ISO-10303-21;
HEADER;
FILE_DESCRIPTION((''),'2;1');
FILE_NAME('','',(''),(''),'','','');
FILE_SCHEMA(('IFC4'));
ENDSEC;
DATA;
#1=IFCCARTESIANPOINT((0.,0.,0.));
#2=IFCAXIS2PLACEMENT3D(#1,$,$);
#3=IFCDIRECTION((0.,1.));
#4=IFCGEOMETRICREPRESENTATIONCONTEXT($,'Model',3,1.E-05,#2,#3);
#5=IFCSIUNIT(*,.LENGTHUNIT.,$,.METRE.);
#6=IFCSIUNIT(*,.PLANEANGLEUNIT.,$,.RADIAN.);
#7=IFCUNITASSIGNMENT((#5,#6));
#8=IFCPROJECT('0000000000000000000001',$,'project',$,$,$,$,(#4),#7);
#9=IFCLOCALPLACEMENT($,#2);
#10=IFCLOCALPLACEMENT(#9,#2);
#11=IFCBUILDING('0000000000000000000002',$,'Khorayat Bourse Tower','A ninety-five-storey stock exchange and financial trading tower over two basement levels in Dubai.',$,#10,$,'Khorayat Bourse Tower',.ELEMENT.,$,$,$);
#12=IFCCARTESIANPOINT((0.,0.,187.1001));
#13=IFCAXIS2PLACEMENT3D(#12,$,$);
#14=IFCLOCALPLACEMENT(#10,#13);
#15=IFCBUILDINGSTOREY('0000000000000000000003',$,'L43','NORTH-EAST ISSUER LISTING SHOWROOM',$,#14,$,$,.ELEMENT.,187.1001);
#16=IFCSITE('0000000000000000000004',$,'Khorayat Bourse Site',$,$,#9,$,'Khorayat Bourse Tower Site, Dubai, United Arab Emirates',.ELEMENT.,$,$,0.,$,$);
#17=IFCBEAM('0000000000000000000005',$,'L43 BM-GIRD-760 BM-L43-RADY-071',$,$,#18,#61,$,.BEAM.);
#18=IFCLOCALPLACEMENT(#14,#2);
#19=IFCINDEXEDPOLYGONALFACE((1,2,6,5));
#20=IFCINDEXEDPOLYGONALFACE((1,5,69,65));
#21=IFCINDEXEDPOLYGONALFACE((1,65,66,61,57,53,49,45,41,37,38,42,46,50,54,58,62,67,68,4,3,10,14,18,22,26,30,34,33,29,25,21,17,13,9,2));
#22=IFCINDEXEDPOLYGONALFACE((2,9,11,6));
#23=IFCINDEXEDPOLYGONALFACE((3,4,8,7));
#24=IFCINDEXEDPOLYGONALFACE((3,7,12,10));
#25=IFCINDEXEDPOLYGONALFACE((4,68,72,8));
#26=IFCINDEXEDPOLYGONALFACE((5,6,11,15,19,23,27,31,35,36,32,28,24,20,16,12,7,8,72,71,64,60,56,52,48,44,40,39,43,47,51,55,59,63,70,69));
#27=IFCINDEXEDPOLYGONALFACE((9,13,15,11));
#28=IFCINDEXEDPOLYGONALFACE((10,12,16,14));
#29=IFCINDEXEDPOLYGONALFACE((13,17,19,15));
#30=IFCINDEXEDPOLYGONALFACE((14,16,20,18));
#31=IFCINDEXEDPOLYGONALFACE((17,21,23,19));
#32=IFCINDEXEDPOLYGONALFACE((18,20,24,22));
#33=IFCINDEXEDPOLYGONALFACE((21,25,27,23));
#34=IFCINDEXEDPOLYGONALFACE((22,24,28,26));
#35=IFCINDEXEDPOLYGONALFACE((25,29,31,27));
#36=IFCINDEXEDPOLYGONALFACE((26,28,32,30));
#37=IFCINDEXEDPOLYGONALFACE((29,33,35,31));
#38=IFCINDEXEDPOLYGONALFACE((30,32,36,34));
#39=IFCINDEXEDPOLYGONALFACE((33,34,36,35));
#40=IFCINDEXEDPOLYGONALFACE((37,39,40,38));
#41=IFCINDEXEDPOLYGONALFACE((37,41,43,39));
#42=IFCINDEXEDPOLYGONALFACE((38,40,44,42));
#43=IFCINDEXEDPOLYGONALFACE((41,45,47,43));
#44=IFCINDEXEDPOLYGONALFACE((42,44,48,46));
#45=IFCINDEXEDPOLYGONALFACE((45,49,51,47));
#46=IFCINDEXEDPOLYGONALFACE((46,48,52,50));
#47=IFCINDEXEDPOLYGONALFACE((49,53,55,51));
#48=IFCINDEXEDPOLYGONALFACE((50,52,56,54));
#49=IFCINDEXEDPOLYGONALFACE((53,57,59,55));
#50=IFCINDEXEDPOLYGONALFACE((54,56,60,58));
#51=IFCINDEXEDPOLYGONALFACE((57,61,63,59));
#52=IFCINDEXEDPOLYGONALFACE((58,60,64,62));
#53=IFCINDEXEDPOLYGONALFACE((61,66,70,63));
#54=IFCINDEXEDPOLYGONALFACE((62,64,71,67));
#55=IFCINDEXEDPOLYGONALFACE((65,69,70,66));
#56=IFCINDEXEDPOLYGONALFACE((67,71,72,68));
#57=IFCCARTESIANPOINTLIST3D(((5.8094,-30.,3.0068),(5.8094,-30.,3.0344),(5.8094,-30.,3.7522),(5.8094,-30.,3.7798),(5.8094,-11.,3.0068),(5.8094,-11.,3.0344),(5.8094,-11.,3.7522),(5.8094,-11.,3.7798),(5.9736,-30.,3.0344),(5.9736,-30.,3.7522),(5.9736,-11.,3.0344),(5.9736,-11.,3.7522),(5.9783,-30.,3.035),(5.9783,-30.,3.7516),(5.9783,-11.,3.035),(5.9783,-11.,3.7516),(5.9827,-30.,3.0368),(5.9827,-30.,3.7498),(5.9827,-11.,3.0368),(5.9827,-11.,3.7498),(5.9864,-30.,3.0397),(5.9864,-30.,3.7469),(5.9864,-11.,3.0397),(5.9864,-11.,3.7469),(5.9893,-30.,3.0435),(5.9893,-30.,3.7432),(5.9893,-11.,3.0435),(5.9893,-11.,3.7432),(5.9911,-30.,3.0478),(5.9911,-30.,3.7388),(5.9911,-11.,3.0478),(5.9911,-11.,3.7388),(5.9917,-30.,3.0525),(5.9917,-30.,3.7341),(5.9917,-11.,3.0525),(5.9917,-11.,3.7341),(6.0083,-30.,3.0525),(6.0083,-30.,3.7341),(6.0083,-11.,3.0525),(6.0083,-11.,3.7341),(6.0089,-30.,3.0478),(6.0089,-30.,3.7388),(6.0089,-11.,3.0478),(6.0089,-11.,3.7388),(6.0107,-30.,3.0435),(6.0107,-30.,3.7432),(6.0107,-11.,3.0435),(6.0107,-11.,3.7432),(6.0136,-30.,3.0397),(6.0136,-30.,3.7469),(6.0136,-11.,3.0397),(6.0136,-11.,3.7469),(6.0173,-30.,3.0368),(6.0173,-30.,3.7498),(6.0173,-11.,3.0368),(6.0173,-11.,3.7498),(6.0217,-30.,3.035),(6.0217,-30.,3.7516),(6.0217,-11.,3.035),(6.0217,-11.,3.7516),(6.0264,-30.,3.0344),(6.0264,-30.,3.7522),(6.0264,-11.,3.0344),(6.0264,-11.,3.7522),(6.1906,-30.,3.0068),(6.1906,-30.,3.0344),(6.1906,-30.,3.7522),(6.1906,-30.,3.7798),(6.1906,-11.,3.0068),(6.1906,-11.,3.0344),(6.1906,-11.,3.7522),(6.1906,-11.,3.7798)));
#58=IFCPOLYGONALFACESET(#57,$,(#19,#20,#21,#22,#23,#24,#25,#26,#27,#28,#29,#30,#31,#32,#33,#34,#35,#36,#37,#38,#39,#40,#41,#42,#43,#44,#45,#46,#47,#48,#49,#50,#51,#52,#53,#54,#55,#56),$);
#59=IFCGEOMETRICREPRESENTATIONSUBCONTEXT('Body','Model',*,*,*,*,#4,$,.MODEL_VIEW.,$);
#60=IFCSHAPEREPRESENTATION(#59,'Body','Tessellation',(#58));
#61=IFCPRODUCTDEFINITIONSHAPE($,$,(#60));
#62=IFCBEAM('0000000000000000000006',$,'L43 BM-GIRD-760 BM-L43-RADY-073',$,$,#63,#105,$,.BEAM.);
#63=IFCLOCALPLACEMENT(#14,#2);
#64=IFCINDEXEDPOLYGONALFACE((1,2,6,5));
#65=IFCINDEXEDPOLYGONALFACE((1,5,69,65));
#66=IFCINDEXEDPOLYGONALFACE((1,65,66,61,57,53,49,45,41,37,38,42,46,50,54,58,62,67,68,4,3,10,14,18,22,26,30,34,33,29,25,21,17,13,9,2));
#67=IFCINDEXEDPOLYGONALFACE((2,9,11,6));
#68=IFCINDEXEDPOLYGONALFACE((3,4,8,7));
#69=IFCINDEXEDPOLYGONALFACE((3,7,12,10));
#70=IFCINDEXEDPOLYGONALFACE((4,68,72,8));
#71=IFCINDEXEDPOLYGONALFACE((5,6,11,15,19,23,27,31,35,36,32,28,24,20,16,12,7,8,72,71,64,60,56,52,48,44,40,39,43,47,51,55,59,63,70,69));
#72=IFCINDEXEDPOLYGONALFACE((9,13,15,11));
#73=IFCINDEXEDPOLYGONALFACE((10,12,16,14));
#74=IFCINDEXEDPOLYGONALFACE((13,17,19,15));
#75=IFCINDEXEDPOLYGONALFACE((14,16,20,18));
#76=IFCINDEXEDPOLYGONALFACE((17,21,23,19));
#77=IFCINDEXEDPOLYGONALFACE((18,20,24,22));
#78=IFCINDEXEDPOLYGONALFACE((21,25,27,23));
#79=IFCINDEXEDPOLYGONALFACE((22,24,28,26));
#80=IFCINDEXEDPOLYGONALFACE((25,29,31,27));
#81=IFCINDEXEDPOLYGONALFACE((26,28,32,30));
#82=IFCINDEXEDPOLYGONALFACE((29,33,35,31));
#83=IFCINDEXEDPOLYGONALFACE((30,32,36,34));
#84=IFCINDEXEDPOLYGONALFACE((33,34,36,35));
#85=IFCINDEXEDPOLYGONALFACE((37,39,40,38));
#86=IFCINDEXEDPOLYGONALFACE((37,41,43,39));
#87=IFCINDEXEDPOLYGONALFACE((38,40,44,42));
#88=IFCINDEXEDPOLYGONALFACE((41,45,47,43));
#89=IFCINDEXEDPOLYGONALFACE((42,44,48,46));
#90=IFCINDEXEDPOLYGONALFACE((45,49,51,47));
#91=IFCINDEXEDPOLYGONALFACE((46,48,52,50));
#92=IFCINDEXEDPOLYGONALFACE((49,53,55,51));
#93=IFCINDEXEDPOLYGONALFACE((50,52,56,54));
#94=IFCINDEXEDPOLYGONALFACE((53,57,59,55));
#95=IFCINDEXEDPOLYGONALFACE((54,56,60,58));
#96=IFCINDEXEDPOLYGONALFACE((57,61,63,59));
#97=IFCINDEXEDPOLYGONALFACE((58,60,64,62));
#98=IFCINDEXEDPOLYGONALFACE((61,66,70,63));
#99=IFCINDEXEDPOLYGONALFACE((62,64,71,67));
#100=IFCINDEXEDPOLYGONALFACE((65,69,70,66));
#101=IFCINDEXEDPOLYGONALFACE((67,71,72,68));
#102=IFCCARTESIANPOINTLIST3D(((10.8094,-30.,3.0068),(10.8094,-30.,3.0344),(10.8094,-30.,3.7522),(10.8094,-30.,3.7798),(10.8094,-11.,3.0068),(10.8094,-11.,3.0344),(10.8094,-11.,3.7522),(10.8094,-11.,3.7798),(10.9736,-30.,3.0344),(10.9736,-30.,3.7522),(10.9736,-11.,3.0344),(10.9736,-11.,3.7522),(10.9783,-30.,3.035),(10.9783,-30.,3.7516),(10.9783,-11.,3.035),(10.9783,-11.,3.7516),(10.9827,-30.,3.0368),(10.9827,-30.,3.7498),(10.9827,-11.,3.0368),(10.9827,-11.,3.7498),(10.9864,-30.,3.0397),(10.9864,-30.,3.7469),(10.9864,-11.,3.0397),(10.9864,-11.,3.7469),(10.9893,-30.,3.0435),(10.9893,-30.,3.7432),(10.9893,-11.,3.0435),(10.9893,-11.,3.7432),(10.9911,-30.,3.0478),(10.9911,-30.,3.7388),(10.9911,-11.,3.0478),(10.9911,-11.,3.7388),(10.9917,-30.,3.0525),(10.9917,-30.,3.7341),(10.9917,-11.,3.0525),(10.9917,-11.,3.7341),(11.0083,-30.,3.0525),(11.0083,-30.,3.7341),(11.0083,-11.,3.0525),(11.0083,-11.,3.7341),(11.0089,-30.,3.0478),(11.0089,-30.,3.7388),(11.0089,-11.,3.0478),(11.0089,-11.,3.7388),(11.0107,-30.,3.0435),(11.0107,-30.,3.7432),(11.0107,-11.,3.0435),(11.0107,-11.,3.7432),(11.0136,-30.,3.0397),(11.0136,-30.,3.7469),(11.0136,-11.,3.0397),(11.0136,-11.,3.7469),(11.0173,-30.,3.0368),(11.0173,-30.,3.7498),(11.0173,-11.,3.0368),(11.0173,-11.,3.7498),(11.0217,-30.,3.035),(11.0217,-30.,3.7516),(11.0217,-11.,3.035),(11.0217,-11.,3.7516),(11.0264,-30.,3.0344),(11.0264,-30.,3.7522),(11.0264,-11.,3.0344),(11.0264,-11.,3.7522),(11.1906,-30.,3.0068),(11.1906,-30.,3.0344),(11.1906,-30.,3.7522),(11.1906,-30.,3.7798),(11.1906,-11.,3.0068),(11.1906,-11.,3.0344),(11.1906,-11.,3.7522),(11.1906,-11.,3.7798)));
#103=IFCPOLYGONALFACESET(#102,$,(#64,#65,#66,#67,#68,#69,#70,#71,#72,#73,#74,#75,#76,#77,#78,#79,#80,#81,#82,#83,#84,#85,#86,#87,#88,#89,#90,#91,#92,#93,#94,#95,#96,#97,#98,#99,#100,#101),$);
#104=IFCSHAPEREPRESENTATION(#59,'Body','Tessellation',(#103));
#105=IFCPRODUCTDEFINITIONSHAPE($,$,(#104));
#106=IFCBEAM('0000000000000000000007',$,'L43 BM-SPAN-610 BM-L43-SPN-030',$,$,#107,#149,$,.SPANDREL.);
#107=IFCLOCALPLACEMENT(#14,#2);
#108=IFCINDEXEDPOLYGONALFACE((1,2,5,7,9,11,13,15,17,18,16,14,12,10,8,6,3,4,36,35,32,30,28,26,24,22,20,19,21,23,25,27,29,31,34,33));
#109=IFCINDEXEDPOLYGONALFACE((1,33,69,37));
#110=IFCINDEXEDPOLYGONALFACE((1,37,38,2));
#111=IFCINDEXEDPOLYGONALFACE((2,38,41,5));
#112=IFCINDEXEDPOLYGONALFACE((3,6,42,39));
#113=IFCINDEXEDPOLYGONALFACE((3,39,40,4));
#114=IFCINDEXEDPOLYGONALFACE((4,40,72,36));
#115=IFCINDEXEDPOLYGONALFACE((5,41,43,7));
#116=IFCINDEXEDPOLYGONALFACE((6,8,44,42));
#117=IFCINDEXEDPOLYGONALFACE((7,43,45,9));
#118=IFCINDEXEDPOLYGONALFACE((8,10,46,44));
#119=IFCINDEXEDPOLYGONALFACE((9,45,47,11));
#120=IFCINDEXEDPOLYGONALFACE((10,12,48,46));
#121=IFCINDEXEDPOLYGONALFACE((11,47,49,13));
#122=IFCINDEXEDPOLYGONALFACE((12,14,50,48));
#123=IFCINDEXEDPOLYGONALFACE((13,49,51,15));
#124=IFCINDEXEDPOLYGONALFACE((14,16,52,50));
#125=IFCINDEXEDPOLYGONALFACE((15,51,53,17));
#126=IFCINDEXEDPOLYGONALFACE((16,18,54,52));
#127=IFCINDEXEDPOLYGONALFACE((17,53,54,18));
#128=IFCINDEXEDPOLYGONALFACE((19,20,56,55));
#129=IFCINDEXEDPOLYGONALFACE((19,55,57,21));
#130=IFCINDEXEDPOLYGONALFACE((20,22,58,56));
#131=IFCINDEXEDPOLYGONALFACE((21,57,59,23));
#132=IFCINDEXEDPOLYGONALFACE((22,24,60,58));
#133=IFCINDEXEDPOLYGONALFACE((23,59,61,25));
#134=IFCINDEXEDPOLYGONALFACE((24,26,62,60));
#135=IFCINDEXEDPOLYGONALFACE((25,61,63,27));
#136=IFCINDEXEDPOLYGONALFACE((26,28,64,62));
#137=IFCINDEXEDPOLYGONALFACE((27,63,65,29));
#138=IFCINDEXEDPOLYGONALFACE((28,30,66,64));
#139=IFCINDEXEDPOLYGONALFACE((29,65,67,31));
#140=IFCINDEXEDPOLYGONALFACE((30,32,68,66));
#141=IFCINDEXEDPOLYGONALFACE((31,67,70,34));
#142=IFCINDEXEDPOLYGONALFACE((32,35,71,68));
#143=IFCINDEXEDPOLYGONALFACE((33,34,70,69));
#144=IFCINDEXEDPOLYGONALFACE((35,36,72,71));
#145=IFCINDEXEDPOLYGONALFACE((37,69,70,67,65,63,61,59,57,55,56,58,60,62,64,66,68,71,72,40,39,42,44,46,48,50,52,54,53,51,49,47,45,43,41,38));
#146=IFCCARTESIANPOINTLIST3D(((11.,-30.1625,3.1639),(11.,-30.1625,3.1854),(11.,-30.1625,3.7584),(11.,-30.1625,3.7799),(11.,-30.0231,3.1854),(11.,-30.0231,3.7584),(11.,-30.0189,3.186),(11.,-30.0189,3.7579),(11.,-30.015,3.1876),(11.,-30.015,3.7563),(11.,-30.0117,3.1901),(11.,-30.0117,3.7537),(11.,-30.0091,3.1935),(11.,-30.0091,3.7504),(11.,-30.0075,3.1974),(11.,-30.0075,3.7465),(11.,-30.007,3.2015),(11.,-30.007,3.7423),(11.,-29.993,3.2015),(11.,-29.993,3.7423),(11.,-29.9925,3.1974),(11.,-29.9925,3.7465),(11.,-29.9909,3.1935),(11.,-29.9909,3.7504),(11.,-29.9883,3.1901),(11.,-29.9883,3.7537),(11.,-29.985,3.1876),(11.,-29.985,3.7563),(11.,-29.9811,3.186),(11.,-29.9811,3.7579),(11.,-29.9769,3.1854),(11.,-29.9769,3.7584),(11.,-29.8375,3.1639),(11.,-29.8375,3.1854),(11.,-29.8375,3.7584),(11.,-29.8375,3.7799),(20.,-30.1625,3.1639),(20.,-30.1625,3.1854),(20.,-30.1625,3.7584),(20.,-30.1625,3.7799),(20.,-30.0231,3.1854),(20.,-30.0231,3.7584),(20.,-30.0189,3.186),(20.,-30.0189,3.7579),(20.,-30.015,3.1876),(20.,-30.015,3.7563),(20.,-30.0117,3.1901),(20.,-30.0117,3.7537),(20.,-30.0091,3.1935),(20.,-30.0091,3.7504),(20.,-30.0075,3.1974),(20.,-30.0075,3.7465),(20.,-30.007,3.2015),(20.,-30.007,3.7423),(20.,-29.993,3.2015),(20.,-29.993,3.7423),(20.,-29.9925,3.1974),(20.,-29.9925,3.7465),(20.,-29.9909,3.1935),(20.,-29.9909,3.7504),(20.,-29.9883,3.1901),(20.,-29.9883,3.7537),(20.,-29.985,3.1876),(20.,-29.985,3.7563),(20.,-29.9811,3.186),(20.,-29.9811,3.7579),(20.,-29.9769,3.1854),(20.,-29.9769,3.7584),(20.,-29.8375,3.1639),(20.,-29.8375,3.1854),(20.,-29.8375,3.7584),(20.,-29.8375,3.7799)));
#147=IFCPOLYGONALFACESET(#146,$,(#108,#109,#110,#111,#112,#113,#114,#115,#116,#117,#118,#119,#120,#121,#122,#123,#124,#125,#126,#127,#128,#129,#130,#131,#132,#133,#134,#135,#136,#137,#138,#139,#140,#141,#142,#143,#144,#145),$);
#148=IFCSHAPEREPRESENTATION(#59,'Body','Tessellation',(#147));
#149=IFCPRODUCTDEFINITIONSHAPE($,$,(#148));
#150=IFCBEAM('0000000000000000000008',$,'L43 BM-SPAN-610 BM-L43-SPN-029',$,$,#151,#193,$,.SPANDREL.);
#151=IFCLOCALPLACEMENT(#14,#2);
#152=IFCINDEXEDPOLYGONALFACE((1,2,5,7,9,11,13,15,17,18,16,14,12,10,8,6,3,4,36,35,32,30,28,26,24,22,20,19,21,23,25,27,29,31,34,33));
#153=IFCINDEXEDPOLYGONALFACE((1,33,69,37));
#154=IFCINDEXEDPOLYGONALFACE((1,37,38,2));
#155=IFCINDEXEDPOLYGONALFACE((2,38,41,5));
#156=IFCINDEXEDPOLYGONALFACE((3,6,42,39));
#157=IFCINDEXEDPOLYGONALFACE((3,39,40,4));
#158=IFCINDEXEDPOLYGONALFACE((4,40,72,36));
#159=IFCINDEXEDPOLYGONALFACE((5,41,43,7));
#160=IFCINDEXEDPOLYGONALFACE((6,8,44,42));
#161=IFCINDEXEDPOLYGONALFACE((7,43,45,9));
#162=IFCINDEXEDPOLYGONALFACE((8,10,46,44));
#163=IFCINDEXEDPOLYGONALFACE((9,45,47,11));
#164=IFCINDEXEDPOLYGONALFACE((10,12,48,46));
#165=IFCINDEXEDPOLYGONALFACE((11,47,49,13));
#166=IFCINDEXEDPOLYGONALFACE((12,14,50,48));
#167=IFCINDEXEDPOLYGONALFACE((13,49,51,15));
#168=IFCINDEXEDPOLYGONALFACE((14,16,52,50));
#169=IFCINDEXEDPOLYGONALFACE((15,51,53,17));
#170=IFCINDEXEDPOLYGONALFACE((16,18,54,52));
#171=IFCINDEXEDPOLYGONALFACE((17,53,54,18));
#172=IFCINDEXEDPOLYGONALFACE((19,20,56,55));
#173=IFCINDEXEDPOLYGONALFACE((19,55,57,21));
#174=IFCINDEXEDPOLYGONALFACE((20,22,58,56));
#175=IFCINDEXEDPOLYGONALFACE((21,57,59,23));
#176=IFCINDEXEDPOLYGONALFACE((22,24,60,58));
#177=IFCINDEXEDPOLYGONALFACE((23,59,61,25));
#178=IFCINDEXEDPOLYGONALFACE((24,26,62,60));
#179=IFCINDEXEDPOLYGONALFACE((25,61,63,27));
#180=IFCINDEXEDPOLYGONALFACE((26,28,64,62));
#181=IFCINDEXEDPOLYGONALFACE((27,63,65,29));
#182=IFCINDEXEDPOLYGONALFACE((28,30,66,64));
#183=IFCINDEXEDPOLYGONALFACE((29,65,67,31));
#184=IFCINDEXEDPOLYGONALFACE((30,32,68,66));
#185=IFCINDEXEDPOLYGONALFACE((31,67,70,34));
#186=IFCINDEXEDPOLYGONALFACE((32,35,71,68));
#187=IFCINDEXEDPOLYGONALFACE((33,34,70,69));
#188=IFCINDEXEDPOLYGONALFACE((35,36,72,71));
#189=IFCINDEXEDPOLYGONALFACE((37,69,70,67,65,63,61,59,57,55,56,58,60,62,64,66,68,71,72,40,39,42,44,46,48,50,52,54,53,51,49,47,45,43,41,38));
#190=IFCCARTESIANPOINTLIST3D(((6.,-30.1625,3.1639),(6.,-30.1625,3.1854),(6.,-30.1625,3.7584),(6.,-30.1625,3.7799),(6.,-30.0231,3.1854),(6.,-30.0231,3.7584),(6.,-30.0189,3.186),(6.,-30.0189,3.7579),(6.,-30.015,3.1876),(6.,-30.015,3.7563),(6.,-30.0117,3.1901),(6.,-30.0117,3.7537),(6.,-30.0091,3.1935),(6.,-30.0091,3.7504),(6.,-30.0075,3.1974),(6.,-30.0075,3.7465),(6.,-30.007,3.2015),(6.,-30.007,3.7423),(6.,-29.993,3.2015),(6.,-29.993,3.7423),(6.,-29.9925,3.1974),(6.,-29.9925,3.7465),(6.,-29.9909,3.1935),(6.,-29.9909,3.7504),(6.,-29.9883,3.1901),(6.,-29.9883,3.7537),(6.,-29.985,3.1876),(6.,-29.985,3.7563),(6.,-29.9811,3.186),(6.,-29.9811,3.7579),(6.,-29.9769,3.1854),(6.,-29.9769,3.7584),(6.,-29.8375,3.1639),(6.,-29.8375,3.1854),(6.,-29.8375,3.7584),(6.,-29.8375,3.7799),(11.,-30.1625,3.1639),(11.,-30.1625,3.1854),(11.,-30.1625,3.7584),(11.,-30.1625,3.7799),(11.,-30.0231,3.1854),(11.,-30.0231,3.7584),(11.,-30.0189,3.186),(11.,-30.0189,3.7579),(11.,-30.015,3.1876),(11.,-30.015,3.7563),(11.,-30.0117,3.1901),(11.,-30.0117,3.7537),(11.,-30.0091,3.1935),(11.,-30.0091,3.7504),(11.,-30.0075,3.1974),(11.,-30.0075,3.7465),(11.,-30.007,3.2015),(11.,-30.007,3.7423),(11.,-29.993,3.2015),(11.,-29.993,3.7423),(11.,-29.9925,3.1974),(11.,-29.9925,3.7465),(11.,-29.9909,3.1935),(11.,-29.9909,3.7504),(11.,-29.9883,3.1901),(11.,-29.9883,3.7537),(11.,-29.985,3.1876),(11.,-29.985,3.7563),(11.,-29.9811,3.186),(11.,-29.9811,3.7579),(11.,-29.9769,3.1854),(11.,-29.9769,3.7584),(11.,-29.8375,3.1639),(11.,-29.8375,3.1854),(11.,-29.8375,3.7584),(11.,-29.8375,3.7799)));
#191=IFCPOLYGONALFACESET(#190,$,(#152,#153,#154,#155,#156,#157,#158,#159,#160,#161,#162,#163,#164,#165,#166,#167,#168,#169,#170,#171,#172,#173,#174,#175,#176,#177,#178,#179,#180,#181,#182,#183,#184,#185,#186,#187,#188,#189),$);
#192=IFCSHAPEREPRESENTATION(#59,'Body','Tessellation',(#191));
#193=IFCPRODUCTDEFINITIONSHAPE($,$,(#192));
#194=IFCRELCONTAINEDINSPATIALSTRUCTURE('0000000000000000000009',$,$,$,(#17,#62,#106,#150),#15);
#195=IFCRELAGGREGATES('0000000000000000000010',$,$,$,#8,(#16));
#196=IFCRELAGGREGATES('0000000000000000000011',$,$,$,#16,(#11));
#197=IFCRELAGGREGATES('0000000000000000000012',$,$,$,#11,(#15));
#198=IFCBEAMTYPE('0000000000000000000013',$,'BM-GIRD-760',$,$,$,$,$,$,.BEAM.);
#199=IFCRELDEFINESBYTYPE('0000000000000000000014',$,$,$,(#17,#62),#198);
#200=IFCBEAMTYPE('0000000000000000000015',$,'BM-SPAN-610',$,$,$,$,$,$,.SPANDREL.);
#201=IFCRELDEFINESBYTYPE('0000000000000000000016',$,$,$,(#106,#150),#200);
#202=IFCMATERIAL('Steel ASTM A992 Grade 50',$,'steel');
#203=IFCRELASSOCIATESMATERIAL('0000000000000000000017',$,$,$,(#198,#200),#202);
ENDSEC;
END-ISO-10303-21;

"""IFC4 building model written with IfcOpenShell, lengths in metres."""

from ifc_helpers import new_model, si_unit, direction, frame, origin, origin_2d, place, context, subcontext, project, spatial, i_section, extrude, source, transform, mapped, material, material_profile, profile_set, type_object, element, save


model = new_model("IFC4")

# Units and contexts
model_context = context("Model", 3, precision=1e-05, world=origin(), true_north=direction((0.0, 1.0)))
body_context = subcontext(model_context, "Body", "Model", "MODEL_VIEW")
ifc_project = project(units=[si_unit("LENGTHUNIT", "METRE"), si_unit("PLANEANGLEUNIT", "RADIAN")], contexts=[model_context])

# Site, building, storey
site_placement = place(None, origin())
site = spatial("IfcSite", under=ifc_project, at=site_placement, Name="Khorayat Bourse Site", LongName="Khorayat Bourse Tower Site, Dubai, United Arab Emirates", CompositionType="ELEMENT", RefElevation=0.0)
building_placement = place(site_placement, origin())
building = spatial("IfcBuilding", under=site, at=building_placement, Name="Khorayat Bourse Tower", Description="A ninety-five-storey stock exchange and financial trading tower over two basement levels in Dubai.", LongName="Khorayat Bourse Tower", CompositionType="ELEMENT")
storey_placement = place(building_placement, frame((0.0, 0.0, 187.1001)))
storey = spatial("IfcBuildingStorey", under=building, at=storey_placement, Name="L43", Description="NORTH-EAST ISSUER LISTING SHOWROOM", CompositionType="ELEMENT", Elevation=187.1001)

# Beams
ifc_material_1 = material(Name="Steel ASTM A992 Grade 50", Category="steel")
ifc_material_profile_1 = material_profile(ifc_material_1, i_section(OverallWidth=0.3811, OverallDepth=0.7729, WebThickness=0.0166, FlangeThickness=0.0276, FilletRadius=0.0181, at=origin_2d()), Name="W760X257")
ifc_profile_set_1 = profile_set([ifc_material_profile_1], Name="Steel ASTM A992 Grade 50")
beam_type_1 = type_object("IfcBeamType", Name="BM-GIRD-760", PredefinedType="BEAM", material=ifc_profile_set_1)
shared_shape_1 = source(origin(), body_context, "Body", "SweptSolid", [
    extrude(i_section(OverallWidth=0.3811, OverallDepth=0.7729, WebThickness=0.0166, FlangeThickness=0.0276, FilletRadius=0.0181, at=origin_2d()), origin(), (0.0, 0.0, 1.0), 19.0),
])
for number, where, z_axis, x_axis, name in (
    (1, (6.0, -30.0, 3.3933), (0.0, 1.0, 0.0), (-1.0, 0.0, 0.0), "L43 BM-GIRD-760 BM-L43-RADY-071"),
    (2, (11.0, -30.0, 3.3933), (0.0, 1.0, 0.0), (-1.0, 0.0, 0.0), "L43 BM-GIRD-760 BM-L43-RADY-073"),
):
    element("IfcBeam", number, at=place(storey_placement, frame(where, z_axis=z_axis, x_axis=x_axis)), inside=storey, type_object=beam_type_1, Name=name, PredefinedType="BEAM", context=body_context, shape_type="MappedRepresentation", body=[
        mapped(shared_shape_1, transform((0.0, 0.0, 0.0), scale=1.0)),
    ])
ifc_material_profile_2 = material_profile(ifc_material_1, i_section(OverallWidth=0.325, OverallDepth=0.616, WebThickness=0.0139, FlangeThickness=0.0215, FilletRadius=0.0161, at=origin_2d()), Name="W610X174")
ifc_profile_set_2 = profile_set([ifc_material_profile_2], Name="Steel ASTM A992 Grade 50")
beam_type_2 = type_object("IfcBeamType", Name="BM-SPAN-610", PredefinedType="SPANDREL", material=ifc_profile_set_2)
shared_shape_2 = source(origin(), body_context, "Body", "SweptSolid", [
    extrude(i_section(OverallWidth=0.325, OverallDepth=0.616, WebThickness=0.0139, FlangeThickness=0.0215, FilletRadius=0.0161, at=origin_2d()), origin(), (0.0, 0.0, 1.0), 9.0),
])
beam_1_placement = place(storey_placement, frame((11.0, -30.0, 3.4719), z_axis=(1.0, 0.0, 0.0), x_axis=(0.0, 1.0, 0.0)))
element("IfcBeam", 3, at=beam_1_placement, inside=storey, type_object=beam_type_2, Name="L43 BM-SPAN-610 BM-L43-SPN-030", PredefinedType="SPANDREL", context=body_context, shape_type="MappedRepresentation", body=[
    mapped(shared_shape_2, transform((0.0, 0.0, 0.0), scale=1.0)),
])
shared_shape_3 = source(origin(), body_context, "Body", "SweptSolid", [
    extrude(i_section(OverallWidth=0.325, OverallDepth=0.616, WebThickness=0.0139, FlangeThickness=0.0215, FilletRadius=0.0161, at=origin_2d()), origin(), (0.0, 0.0, 1.0), 5.0),
])
beam_2_placement = place(storey_placement, frame((6.0, -30.0, 3.4719), z_axis=(1.0, 0.0, 0.0), x_axis=(0.0, 1.0, 0.0)))
element("IfcBeam", 4, at=beam_2_placement, inside=storey, type_object=beam_type_2, Name="L43 BM-SPAN-610 BM-L43-SPN-029", PredefinedType="SPANDREL", context=body_context, shape_type="MappedRepresentation", body=[
    mapped(shared_shape_3, transform((0.0, 0.0, 0.0), scale=1.0)),
])

save(model, "model.ifc")
